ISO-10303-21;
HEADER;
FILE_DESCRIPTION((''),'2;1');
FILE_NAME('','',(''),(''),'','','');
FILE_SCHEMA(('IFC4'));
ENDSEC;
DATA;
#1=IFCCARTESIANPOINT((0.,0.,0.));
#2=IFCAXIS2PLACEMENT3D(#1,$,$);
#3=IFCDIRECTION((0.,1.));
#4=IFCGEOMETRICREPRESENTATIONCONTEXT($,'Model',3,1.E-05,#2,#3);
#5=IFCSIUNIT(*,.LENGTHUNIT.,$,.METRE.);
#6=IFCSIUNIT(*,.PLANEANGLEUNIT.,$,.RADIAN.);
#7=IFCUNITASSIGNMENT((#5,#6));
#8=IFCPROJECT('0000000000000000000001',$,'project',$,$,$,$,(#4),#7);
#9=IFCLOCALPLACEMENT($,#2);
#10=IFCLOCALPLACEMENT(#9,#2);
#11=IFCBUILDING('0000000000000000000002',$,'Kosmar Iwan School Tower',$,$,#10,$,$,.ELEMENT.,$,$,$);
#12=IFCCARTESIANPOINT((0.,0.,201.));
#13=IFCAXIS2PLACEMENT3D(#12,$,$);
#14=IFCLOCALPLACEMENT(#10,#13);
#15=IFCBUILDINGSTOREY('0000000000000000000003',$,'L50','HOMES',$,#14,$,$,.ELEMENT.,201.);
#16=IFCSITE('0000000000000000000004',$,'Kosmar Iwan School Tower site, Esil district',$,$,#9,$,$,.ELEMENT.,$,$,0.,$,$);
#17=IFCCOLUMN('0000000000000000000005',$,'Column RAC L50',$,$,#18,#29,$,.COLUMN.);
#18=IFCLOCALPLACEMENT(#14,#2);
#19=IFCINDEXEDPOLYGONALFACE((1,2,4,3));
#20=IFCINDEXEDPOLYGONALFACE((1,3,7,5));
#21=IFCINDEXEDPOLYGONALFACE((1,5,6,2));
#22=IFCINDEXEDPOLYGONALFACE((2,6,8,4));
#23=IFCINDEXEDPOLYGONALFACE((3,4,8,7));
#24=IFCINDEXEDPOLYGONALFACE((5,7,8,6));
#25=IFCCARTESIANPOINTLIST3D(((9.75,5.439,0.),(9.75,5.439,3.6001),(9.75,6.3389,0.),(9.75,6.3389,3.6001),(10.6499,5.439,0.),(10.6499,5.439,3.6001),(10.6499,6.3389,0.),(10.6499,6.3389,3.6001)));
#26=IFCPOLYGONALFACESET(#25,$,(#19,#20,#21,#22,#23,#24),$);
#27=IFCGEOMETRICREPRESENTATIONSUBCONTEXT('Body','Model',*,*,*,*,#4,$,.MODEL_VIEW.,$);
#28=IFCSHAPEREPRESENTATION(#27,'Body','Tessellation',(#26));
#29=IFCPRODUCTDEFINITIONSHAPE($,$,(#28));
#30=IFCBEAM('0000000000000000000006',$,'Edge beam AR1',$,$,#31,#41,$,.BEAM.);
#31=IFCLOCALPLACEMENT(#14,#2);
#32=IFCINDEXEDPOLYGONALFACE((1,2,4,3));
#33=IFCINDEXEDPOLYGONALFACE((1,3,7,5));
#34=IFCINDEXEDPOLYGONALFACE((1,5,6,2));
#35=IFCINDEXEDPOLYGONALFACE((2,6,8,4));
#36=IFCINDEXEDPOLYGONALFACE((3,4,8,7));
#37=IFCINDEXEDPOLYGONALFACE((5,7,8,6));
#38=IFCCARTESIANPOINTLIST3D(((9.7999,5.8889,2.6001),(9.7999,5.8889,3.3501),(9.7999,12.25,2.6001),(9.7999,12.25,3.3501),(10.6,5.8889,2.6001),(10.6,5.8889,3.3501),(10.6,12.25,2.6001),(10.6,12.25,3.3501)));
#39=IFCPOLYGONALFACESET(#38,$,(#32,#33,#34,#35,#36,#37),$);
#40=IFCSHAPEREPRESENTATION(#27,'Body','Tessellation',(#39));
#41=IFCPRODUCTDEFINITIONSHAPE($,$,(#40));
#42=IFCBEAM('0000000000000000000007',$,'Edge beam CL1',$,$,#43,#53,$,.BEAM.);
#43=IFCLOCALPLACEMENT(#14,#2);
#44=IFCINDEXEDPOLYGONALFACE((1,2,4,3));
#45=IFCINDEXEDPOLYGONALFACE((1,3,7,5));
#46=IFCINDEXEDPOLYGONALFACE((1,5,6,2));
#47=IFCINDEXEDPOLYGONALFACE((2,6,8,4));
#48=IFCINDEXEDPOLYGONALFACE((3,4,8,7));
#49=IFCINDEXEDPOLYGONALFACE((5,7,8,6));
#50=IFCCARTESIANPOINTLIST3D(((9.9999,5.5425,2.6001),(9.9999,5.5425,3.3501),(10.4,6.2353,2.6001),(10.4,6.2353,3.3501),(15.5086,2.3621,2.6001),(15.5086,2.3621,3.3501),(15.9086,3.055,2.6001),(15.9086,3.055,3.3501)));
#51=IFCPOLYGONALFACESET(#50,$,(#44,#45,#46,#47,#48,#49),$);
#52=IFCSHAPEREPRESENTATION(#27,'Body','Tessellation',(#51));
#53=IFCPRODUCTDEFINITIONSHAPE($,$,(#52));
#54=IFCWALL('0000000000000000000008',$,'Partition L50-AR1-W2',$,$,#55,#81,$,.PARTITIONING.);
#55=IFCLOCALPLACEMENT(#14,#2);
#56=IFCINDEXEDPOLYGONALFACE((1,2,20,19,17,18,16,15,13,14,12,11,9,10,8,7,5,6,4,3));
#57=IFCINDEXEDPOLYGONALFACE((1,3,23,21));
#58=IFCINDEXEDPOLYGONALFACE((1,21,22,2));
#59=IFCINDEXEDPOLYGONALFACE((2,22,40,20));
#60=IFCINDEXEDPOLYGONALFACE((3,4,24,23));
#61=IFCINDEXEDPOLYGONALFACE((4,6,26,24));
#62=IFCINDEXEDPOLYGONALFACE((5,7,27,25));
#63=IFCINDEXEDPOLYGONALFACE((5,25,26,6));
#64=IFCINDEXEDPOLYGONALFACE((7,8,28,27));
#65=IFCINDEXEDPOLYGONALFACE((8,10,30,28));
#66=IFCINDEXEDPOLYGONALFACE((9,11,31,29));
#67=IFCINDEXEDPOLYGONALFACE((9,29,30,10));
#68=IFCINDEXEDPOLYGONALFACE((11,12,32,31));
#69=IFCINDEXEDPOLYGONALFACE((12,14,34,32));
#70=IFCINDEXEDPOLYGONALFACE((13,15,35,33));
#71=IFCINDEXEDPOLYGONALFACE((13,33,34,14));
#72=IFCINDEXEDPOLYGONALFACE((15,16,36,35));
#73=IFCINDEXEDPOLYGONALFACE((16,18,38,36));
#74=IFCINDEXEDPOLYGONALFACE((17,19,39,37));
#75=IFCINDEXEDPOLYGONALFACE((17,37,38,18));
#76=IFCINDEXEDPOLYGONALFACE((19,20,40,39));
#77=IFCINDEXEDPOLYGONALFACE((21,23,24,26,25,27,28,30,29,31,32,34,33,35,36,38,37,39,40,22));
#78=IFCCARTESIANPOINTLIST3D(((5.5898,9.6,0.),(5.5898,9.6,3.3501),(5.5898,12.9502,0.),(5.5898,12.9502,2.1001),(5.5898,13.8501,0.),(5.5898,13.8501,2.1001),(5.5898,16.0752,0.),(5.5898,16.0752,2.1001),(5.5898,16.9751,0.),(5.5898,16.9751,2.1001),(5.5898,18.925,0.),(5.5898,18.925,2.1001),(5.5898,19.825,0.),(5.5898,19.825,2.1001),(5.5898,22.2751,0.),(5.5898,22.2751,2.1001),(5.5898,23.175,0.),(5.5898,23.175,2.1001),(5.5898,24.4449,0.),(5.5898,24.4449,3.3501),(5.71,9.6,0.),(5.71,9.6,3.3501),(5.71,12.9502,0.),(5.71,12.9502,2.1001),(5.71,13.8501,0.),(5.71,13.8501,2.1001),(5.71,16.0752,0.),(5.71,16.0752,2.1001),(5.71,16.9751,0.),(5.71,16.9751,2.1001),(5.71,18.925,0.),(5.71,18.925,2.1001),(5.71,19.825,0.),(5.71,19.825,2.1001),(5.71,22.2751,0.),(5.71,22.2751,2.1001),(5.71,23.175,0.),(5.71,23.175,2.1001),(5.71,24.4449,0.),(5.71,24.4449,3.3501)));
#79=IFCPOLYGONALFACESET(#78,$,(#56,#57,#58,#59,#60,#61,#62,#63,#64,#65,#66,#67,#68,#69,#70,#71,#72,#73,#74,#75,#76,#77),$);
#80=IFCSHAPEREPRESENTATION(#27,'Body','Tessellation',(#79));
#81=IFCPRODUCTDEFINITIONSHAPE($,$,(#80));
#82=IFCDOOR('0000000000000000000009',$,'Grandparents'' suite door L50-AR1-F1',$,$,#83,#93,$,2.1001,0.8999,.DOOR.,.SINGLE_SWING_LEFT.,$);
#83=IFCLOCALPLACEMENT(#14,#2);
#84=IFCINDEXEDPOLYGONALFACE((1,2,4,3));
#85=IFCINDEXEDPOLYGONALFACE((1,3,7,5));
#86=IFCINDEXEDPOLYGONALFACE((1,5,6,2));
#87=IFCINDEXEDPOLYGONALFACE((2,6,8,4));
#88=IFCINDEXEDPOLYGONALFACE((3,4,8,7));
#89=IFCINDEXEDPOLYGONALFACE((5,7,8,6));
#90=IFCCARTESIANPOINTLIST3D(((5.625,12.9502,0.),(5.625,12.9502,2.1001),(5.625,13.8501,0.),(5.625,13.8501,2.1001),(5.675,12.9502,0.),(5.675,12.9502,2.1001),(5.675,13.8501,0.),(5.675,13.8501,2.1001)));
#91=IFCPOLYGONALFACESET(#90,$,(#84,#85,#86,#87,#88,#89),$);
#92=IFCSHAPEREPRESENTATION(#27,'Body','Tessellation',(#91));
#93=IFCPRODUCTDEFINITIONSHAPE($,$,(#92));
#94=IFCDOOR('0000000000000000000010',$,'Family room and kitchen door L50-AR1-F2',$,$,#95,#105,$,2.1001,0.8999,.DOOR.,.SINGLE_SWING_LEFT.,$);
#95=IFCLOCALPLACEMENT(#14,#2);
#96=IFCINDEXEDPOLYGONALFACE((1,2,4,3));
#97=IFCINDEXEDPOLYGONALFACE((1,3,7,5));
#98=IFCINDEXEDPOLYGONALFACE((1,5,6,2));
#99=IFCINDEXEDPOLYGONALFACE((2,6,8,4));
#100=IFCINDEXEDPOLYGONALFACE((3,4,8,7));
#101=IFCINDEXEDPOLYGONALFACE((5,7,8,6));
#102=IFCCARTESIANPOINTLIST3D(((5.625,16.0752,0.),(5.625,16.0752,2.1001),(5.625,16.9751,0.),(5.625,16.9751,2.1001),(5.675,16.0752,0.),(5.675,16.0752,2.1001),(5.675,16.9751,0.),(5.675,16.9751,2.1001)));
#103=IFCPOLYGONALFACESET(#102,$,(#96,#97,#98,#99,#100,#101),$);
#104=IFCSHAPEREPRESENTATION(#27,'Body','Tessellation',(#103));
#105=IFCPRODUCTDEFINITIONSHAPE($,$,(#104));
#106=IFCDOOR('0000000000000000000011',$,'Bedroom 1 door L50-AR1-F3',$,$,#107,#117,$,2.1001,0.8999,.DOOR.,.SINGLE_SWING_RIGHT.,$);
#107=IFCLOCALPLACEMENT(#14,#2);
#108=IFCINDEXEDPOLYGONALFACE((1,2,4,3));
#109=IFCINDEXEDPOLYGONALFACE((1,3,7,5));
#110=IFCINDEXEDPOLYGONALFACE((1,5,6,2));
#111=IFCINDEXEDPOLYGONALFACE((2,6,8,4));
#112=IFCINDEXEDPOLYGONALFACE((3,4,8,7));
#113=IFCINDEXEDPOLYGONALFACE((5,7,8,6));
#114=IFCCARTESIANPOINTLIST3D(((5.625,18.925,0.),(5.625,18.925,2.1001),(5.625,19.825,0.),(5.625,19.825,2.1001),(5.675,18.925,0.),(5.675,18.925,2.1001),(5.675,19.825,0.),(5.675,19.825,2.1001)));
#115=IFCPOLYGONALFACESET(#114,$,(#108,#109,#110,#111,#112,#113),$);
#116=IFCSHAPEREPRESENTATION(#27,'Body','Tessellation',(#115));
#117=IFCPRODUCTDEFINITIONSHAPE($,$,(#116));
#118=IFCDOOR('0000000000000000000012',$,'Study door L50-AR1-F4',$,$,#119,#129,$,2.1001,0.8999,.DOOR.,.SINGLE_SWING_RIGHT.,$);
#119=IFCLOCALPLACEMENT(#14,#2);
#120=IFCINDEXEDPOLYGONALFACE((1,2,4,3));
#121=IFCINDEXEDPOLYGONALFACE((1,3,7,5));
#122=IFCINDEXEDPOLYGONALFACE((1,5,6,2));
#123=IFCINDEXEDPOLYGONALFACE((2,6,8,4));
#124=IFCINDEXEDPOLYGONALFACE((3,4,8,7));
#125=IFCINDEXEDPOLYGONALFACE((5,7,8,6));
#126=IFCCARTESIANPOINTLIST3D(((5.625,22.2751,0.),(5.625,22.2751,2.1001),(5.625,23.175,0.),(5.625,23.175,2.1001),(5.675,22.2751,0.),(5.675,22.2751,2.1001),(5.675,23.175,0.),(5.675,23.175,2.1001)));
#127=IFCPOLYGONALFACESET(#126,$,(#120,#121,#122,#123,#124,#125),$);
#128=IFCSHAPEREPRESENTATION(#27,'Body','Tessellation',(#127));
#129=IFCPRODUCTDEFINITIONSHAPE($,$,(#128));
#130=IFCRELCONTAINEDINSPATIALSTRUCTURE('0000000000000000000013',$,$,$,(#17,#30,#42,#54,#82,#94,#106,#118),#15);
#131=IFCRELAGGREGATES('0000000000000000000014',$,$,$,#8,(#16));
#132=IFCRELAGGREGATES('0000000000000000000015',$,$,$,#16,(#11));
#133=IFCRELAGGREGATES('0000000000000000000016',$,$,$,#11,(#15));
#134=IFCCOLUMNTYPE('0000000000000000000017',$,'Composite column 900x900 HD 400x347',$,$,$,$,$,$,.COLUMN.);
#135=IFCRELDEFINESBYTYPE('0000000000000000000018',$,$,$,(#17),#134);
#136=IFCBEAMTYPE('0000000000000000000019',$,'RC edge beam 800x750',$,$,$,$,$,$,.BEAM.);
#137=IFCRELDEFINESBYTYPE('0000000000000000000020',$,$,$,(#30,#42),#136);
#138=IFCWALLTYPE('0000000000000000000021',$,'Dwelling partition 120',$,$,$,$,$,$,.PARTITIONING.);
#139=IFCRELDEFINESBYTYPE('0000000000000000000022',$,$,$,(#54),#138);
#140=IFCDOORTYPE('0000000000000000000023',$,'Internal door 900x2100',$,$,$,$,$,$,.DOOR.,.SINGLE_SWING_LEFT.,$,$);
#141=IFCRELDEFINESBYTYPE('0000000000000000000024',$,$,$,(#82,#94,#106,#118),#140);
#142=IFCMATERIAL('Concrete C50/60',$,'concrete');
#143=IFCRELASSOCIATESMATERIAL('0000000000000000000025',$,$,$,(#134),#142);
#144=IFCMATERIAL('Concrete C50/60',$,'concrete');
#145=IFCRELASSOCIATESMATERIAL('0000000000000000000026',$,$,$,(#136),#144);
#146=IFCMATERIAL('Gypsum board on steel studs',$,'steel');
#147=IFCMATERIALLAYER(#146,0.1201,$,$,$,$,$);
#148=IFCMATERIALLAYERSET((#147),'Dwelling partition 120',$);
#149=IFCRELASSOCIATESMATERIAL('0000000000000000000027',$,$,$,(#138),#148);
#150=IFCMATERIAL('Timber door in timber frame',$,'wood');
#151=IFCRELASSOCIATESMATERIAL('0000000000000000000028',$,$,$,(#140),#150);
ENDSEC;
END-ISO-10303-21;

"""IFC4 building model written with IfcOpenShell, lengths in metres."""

from ifc_helpers import new_model, si_unit, direction, frame, frame_2d, origin, origin_2d, place, context, subcontext, project, spatial, rectangle, extrude, material, layer, layer_set, material_profile, profile_set, type_object, element, fill, save


model = new_model("IFC4")

# Units and contexts
model_context = context("Model", 3, precision=1e-05, world=origin(), true_north=direction((0.0, 1.0)))
body_context = subcontext(model_context, "Body", "Model", "MODEL_VIEW")
ifc_project = project(units=[si_unit("LENGTHUNIT", "METRE"), si_unit("PLANEANGLEUNIT", "RADIAN")], contexts=[model_context])

# Site, building, storey
site_placement = place(None, origin())
site = spatial("IfcSite", under=ifc_project, at=site_placement, Name="Kosmar Iwan School Tower site, Esil district", CompositionType="ELEMENT", RefElevation=0.0)
building_placement = place(site_placement, origin())
building = spatial("IfcBuilding", under=site, at=building_placement, Name="Kosmar Iwan School Tower", CompositionType="ELEMENT")
storey_placement = place(building_placement, frame((0.0, 0.0, 201.0)))
storey = spatial("IfcBuildingStorey", under=building, at=storey_placement, Name="L50", Description="HOMES", CompositionType="ELEMENT", Elevation=201.0)

# Column
ifc_material_1 = material(Name="Concrete C50/60", Category="concrete")
ifc_material_profile_1 = material_profile(ifc_material_1, rectangle(XDim=0.8999, YDim=0.8999, at=origin_2d()), Name="RC 900x900 + HD 400x347")
ifc_profile_set_1 = profile_set([ifc_material_profile_1], Name="Concrete C50/60")
column_type = type_object("IfcColumnType", Name="Composite column 900x900 HD 400x347", PredefinedType="COLUMN", material=ifc_profile_set_1)
column_placement = place(storey_placement, frame((10.2, 5.8889, 0.0), z_axis=(0.0, 0.0, 1.0), x_axis=(1.0, 0.0, 0.0)))
element("IfcColumn", 1, at=column_placement, inside=storey, type_object=column_type, Name="Column RAC L50", PredefinedType="COLUMN", context=body_context, shape_type="SweptSolid", body=[
    extrude(rectangle(XDim=0.8999, YDim=0.8999, at=origin_2d()), origin(), (0.0, 0.0, 1.0), 3.6001),
])

# Beams
ifc_material_2 = material(Name="Concrete C50/60", Category="concrete")
ifc_material_profile_2 = material_profile(ifc_material_2, rectangle(XDim=0.8, YDim=0.75, at=origin_2d()), Name="RC 800x750")
ifc_profile_set_2 = profile_set([ifc_material_profile_2], Name="Concrete C50/60")
beam_type = type_object("IfcBeamType", Name="RC edge beam 800x750", PredefinedType="BEAM", material=ifc_profile_set_2)
beam_1_placement = place(storey_placement, frame((10.2, 5.8889, 2.9751), z_axis=(0.0, 1.0, 0.0), x_axis=(-1.0, 0.0, 0.0)))
element("IfcBeam", 2, at=beam_1_placement, inside=storey, type_object=beam_type, Name="Edge beam AR1", PredefinedType="BEAM", context=body_context, shape_type="SweptSolid", body=[
    extrude(rectangle(XDim=0.8, YDim=0.75, at=origin_2d()), origin(), (0.0, 0.0, 1.0), 6.3611),
])
beam_2_placement = place(storey_placement, frame((10.2, 5.8889, 2.9751), z_axis=(0.866031, -0.49999, 0.0), x_axis=(0.49999, 0.866031, 0.0)))
element("IfcBeam", 3, at=beam_2_placement, inside=storey, type_object=beam_type, Name="Edge beam CL1", PredefinedType="BEAM", context=body_context, shape_type="SweptSolid", body=[
    extrude(rectangle(XDim=0.8, YDim=0.75, at=origin_2d()), origin(), (0.0, 0.0, 1.0), 6.3608),
])

# Wall, openings, doors
ifc_material_3 = material(Name="Gypsum board on steel studs", Category="steel")
ifc_layer_1 = layer(ifc_material_3, 0.1201)
ifc_layer_set_1 = layer_set([ifc_layer_1], Name="Dwelling partition 120")
wall_type_1 = type_object("IfcWallType", Name="Dwelling partition 120", PredefinedType="PARTITIONING", material=ifc_layer_set_1)
wall_1_placement = place(storey_placement, frame((5.6499, 9.6001, 0.0), z_axis=(0.0, 0.0, 1.0), x_axis=(0.0, 1.0, 0.0)))
wall_1 = element("IfcWall", 4, at=wall_1_placement, inside=storey, type_object=wall_type_1, Name="Partition L50-AR1-W2", PredefinedType="PARTITIONING", context=body_context, shape_type="SweptSolid", body=[
    extrude(rectangle(XDim=14.845, YDim=0.1201, at=frame_2d((7.4224, 0.0))), origin(), (0.0, 0.0, 1.0), 3.3501),
])
opening_1_placement = place(wall_1_placement, frame((3.3501, 0.0, 0.0)))
opening_1 = element("IfcOpeningElement", 5, at=opening_1_placement, cuts=wall_1, PredefinedType="OPENING", context=body_context, shape_type="SweptSolid", body=[
    extrude(rectangle(XDim=0.8999, YDim=2.1001, at=frame_2d((0.45, 1.05))), frame((0.0, 0.072, 0.0), z_axis=(0.0, -1.0, 0.0), x_axis=(1.0, 0.0, 0.0)), (0.0, 0.0, 1.0), 0.144),
])
opening_2_placement = place(wall_1_placement, frame((6.4751, 0.0, 0.0)))
opening_2 = element("IfcOpeningElement", 6, at=opening_2_placement, cuts=wall_1, PredefinedType="OPENING", context=body_context, shape_type="SweptSolid", body=[
    extrude(rectangle(XDim=0.8999, YDim=2.1001, at=frame_2d((0.45, 1.05))), frame((0.0, 0.072, 0.0), z_axis=(0.0, -1.0, 0.0), x_axis=(1.0, 0.0, 0.0)), (0.0, 0.0, 1.0), 0.144),
])
opening_3_placement = place(wall_1_placement, frame((9.325, 0.0, 0.0)))
opening_3 = element("IfcOpeningElement", 7, at=opening_3_placement, cuts=wall_1, PredefinedType="OPENING", context=body_context, shape_type="SweptSolid", body=[
    extrude(rectangle(XDim=0.8999, YDim=2.1001, at=frame_2d((0.45, 1.05))), frame((0.0, 0.072, 0.0), z_axis=(0.0, -1.0, 0.0), x_axis=(1.0, 0.0, 0.0)), (0.0, 0.0, 1.0), 0.144),
])
opening_4_placement = place(wall_1_placement, frame((12.675, 0.0, 0.0)))
opening_4 = element("IfcOpeningElement", 8, at=opening_4_placement, cuts=wall_1, PredefinedType="OPENING", context=body_context, shape_type="SweptSolid", body=[
    extrude(rectangle(XDim=0.8999, YDim=2.1001, at=frame_2d((0.45, 1.05))), frame((0.0, 0.072, 0.0), z_axis=(0.0, -1.0, 0.0), x_axis=(1.0, 0.0, 0.0)), (0.0, 0.0, 1.0), 0.144),
])
ifc_material_4 = material(Name="Timber door in timber frame", Category="wood")
door_type = type_object("IfcDoorType", Name="Internal door 900x2100", OperationType="SINGLE_SWING_LEFT", PredefinedType="DOOR", material=ifc_material_4)
door_1_placement = place(opening_1_placement, origin())
door_1 = element("IfcDoor", 9, at=door_1_placement, inside=storey, type_object=door_type, Name="Grandparents' suite door L50-AR1-F1", OperationType="SINGLE_SWING_LEFT", OverallHeight=2.1001, OverallWidth=0.8999, PredefinedType="DOOR", context=body_context, shape_type="SweptSolid", body=[
    extrude(rectangle(XDim=0.8999, YDim=2.1001, at=frame_2d((0.45, 1.05))), frame((0.0, 0.0249, 0.0), z_axis=(0.0, -1.0, 0.0), x_axis=(1.0, 0.0, 0.0)), (0.0, 0.0, 1.0), 0.05),
])
fill(opening_1, door_1)
door_2_placement = place(opening_2_placement, origin())
door_2 = element("IfcDoor", 10, at=door_2_placement, inside=storey, type_object=door_type, Name="Family room and kitchen door L50-AR1-F2", OperationType="SINGLE_SWING_LEFT", OverallHeight=2.1001, OverallWidth=0.8999, PredefinedType="DOOR", context=body_context, shape_type="SweptSolid", body=[
    extrude(rectangle(XDim=0.8999, YDim=2.1001, at=frame_2d((0.45, 1.05))), frame((0.0, 0.0249, 0.0), z_axis=(0.0, -1.0, 0.0), x_axis=(1.0, 0.0, 0.0)), (0.0, 0.0, 1.0), 0.05),
])
fill(opening_2, door_2)
door_3_placement = place(opening_3_placement, origin())
door_3 = element("IfcDoor", 11, at=door_3_placement, inside=storey, type_object=door_type, Name="Bedroom 1 door L50-AR1-F3", OperationType="SINGLE_SWING_RIGHT", OverallHeight=2.1001, OverallWidth=0.8999, PredefinedType="DOOR", context=body_context, shape_type="SweptSolid", body=[
    extrude(rectangle(XDim=0.8999, YDim=2.1001, at=frame_2d((0.45, 1.05))), frame((0.0, 0.0249, 0.0), z_axis=(0.0, -1.0, 0.0), x_axis=(1.0, 0.0, 0.0)), (0.0, 0.0, 1.0), 0.05),
])
fill(opening_3, door_3)
door_4_placement = place(opening_4_placement, origin())
door_4 = element("IfcDoor", 12, at=door_4_placement, inside=storey, type_object=door_type, Name="Study door L50-AR1-F4", OperationType="SINGLE_SWING_RIGHT", OverallHeight=2.1001, OverallWidth=0.8999, PredefinedType="DOOR", context=body_context, shape_type="SweptSolid", body=[
    extrude(rectangle(XDim=0.8999, YDim=2.1001, at=frame_2d((0.45, 1.05))), frame((0.0, 0.0249, 0.0), z_axis=(0.0, -1.0, 0.0), x_axis=(1.0, 0.0, 0.0)), (0.0, 0.0, 1.0), 0.05),
])
fill(opening_4, door_4)

save(model, "model.ifc")
